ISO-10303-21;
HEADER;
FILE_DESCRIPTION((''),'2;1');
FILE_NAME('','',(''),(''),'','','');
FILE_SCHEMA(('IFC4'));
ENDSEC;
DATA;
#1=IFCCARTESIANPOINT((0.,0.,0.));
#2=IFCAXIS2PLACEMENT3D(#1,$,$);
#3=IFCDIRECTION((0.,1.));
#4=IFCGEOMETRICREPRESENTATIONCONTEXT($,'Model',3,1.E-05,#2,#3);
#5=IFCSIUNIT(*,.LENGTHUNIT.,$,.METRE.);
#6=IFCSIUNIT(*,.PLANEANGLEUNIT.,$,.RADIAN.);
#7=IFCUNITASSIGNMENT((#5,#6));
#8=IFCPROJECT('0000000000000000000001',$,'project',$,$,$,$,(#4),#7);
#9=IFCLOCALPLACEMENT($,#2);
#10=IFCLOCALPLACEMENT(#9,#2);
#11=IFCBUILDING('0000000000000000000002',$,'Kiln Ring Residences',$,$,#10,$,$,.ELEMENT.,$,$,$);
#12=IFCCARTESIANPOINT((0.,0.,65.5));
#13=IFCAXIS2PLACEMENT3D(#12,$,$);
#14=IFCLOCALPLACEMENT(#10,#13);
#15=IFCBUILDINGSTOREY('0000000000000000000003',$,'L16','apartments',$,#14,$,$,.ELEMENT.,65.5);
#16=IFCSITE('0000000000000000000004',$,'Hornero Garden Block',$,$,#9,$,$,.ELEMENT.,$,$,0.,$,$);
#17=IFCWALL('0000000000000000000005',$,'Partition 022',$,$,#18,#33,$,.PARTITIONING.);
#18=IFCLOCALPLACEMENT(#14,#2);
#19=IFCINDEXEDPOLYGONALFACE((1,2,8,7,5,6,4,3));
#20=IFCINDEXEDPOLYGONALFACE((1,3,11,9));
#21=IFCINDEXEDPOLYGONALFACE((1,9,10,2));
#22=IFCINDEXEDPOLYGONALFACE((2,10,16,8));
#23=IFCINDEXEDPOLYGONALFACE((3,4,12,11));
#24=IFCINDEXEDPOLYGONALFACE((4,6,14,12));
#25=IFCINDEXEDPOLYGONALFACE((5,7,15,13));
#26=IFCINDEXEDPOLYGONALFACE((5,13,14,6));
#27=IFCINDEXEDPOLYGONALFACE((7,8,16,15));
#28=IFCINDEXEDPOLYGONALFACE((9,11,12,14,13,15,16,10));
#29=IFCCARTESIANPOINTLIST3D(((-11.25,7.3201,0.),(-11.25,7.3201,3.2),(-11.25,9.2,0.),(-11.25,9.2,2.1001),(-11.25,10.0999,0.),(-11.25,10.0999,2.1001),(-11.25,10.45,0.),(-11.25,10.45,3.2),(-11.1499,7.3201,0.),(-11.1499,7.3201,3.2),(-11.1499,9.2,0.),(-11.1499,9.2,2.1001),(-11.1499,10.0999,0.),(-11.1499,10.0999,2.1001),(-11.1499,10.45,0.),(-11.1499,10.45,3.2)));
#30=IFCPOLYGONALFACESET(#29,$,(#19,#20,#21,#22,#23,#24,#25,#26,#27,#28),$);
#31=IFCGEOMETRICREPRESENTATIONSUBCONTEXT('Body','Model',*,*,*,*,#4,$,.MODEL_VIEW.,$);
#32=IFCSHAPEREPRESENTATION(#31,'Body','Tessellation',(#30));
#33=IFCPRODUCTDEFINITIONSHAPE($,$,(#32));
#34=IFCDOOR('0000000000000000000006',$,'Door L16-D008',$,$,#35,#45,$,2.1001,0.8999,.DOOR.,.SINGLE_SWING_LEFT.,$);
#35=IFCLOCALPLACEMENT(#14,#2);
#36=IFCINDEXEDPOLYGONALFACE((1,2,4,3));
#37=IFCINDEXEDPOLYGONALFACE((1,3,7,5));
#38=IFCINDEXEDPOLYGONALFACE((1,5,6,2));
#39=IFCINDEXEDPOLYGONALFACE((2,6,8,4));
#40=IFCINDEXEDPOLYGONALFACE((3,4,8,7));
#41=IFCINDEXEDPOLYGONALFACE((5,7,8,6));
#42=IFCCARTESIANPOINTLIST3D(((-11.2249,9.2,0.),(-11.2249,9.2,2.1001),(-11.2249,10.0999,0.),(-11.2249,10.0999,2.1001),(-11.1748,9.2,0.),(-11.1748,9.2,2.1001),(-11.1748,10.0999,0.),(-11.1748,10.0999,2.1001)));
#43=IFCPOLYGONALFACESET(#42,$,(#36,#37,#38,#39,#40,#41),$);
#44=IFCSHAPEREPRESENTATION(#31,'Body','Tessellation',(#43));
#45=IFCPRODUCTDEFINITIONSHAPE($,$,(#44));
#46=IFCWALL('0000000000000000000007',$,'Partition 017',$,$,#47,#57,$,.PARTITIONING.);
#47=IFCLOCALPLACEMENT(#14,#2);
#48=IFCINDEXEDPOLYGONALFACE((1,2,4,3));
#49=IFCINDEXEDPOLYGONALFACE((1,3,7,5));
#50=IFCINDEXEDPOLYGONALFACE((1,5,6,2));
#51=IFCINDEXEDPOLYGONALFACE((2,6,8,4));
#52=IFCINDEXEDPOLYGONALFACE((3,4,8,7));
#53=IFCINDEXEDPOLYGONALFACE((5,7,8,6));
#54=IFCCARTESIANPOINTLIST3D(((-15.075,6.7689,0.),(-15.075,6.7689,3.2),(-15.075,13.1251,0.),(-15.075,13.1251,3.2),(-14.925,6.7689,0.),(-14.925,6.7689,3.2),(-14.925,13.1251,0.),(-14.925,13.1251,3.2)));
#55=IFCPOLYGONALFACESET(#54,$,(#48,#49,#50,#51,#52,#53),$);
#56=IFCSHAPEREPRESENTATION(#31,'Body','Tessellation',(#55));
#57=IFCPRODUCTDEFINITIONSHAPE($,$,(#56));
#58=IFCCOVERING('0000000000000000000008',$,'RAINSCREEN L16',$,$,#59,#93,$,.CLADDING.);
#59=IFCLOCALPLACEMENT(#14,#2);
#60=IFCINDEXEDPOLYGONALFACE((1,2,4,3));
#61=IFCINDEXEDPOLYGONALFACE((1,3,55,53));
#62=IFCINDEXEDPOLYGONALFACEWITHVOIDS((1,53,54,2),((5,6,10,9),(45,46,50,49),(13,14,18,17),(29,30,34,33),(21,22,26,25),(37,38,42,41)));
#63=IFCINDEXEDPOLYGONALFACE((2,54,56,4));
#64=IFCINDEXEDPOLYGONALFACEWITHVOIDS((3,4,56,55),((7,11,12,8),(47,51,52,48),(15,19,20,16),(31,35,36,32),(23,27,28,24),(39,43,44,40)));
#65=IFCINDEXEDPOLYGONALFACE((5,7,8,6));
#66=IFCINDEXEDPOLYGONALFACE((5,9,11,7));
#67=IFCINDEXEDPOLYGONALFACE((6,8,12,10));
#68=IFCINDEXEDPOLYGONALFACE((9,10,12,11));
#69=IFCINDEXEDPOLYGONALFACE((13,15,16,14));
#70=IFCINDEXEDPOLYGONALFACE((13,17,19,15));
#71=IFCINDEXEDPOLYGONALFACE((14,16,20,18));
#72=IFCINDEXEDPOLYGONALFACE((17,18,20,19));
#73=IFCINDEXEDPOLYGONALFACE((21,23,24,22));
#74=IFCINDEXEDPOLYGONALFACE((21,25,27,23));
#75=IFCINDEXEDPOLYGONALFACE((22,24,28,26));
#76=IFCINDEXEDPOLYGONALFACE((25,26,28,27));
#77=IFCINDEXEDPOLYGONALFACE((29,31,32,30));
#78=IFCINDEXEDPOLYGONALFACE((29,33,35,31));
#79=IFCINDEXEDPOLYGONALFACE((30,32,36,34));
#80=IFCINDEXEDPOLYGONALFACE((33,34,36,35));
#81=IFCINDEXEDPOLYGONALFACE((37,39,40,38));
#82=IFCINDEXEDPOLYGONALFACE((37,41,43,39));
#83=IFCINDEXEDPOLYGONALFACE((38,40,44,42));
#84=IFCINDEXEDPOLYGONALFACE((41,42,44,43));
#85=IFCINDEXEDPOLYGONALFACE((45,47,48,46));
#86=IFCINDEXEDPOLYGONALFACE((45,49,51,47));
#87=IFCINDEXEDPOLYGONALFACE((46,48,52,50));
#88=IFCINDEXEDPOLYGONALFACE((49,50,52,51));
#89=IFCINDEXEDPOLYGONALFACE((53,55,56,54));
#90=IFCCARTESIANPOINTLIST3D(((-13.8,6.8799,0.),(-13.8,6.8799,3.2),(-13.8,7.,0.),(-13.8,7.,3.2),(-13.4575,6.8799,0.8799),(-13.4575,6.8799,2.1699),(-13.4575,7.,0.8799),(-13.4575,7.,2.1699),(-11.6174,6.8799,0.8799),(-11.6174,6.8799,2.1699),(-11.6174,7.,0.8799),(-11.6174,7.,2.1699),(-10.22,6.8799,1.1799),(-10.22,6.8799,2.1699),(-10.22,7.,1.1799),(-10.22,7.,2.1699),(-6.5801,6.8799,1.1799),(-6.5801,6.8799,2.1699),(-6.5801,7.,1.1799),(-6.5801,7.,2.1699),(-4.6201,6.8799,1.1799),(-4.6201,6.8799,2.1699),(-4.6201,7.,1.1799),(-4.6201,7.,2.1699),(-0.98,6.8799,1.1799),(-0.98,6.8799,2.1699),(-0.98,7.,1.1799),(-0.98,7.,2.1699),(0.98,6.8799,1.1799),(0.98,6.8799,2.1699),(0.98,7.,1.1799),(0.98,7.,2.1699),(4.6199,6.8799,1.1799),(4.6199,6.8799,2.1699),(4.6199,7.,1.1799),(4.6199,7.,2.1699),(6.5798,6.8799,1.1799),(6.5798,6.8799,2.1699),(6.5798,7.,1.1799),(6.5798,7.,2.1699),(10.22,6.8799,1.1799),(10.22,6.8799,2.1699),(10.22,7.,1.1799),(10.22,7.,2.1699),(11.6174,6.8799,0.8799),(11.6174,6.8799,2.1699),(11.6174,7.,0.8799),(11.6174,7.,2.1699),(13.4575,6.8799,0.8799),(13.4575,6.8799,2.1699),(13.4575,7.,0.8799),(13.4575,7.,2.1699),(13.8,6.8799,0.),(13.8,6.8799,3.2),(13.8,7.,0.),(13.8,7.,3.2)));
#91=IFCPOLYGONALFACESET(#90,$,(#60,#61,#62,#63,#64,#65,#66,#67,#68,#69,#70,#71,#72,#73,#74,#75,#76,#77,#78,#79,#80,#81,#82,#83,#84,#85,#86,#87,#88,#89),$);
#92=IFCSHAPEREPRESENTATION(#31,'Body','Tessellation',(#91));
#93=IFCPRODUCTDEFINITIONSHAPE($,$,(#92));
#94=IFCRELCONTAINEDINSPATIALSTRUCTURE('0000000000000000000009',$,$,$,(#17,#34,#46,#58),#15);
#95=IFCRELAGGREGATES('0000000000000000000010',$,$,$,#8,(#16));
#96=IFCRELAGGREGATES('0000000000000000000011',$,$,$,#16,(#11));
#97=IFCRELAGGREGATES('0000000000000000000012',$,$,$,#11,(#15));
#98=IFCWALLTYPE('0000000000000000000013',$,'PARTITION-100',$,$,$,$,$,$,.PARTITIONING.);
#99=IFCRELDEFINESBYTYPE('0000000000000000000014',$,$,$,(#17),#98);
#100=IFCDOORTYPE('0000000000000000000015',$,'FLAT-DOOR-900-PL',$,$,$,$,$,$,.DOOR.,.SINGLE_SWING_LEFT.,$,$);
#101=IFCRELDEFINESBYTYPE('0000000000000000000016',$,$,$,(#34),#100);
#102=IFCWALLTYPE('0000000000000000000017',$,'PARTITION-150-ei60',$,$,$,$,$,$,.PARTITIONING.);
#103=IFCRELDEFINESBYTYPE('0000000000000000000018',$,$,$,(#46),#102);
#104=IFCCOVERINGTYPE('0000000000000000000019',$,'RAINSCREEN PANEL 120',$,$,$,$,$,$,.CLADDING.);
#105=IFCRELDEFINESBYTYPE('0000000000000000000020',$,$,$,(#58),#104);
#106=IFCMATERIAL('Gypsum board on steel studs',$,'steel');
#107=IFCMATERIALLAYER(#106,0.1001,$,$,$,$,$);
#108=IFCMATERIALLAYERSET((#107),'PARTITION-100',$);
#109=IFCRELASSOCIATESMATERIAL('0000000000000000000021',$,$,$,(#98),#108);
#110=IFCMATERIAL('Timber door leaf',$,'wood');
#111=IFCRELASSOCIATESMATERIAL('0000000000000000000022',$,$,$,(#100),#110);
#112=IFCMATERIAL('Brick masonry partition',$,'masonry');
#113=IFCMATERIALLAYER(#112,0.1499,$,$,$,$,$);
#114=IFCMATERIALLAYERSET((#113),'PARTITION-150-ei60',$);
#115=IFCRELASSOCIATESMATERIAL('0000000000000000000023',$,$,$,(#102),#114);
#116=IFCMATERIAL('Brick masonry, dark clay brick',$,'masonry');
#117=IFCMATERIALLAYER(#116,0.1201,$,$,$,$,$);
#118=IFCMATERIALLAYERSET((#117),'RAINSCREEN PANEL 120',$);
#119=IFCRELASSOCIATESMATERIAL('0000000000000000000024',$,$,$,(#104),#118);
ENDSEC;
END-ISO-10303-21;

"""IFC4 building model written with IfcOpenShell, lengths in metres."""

from ifc_helpers import new_model, si_unit, direction, frame, frame_2d, origin, place, context, subcontext, project, spatial, polyline, rectangle, outline, extrude, material, layer, layer_set, type_object, element, fill, save


model = new_model("IFC4")

# Units and contexts
model_context = context("Model", 3, precision=1e-05, world=origin(), true_north=direction((0.0, 1.0)))
body_context = subcontext(model_context, "Body", "Model", "MODEL_VIEW")
ifc_project = project(units=[si_unit("LENGTHUNIT", "METRE"), si_unit("PLANEANGLEUNIT", "RADIAN")], contexts=[model_context])

# Site, building, storey
site_placement = place(None, origin())
site = spatial("IfcSite", under=ifc_project, at=site_placement, Name="Hornero Garden Block", CompositionType="ELEMENT", RefElevation=0.0)
building_placement = place(site_placement, origin())
building = spatial("IfcBuilding", under=site, at=building_placement, Name="Kiln Ring Residences", CompositionType="ELEMENT")
storey_placement = place(building_placement, frame((0.0, 0.0, 65.5)))
storey = spatial("IfcBuildingStorey", under=building, at=storey_placement, Name="L16", Description="apartments", CompositionType="ELEMENT", Elevation=65.5)

# Wall, opening, door
ifc_material_1 = material(Name="Gypsum board on steel studs", Category="steel")
ifc_layer_1 = layer(ifc_material_1, 0.1001)
ifc_layer_set_1 = layer_set([ifc_layer_1], Name="PARTITION-100")
wall_type_1 = type_object("IfcWallType", Name="PARTITION-100", PredefinedType="PARTITIONING", material=ifc_layer_set_1)
wall_1_placement = place(storey_placement, frame((-11.2, 7.3201, 0.0), z_axis=(0.0, 0.0, 1.0), x_axis=(0.0, 1.0, 0.0)))
wall_1 = element("IfcWall", 1, at=wall_1_placement, inside=storey, type_object=wall_type_1, Name="Partition 022", PredefinedType="PARTITIONING", context=body_context, shape_type="SweptSolid", body=[
    extrude(rectangle(XDim=3.1299, YDim=0.1001, at=frame_2d((1.5649, 0.0))), origin(), (0.0, 0.0, 1.0), 3.2),
])
opening_1_placement = place(wall_1_placement, frame((1.8799, 0.0, 0.0)))
opening_1 = element("IfcOpeningElement", 2, at=opening_1_placement, cuts=wall_1, PredefinedType="OPENING", context=body_context, shape_type="SweptSolid", body=[
    extrude(rectangle(XDim=0.8999, YDim=2.1001, at=frame_2d((0.45, 1.05))), frame((0.0, 0.0601, 0.0), z_axis=(0.0, -1.0, 0.0), x_axis=(1.0, 0.0, 0.0)), (0.0, 0.0, 1.0), 0.1201),
])
ifc_material_2 = material(Name="Timber door leaf", Category="wood")
door_type = type_object("IfcDoorType", Name="FLAT-DOOR-900-PL", OperationType="SINGLE_SWING_LEFT", PredefinedType="DOOR", material=ifc_material_2)
door_placement = place(opening_1_placement, origin())
door = element("IfcDoor", 3, at=door_placement, inside=storey, type_object=door_type, Name="Door L16-D008", OperationType="SINGLE_SWING_LEFT", OverallHeight=2.1001, OverallWidth=0.8999, PredefinedType="DOOR", context=body_context, shape_type="SweptSolid", body=[
    extrude(rectangle(XDim=0.8999, YDim=2.1001, at=frame_2d((0.45, 1.05))), frame((0.0, 0.0249, 0.0), z_axis=(0.0, -1.0, 0.0), x_axis=(1.0, 0.0, 0.0)), (0.0, 0.0, 1.0), 0.05),
])
fill(opening_1, door)

# Wall
ifc_material_3 = material(Name="Brick masonry partition", Category="masonry")
ifc_layer_2 = layer(ifc_material_3, 0.1499)
ifc_layer_set_2 = layer_set([ifc_layer_2], Name="PARTITION-150-ei60")
wall_type_2 = type_object("IfcWallType", Name="PARTITION-150-ei60", PredefinedType="PARTITIONING", material=ifc_layer_set_2)
wall_2_placement = place(storey_placement, frame((-15.0, 6.7688, 0.0), z_axis=(0.0, 0.0, 1.0), x_axis=(0.0, 1.0, 0.0)))
element("IfcWall", 4, at=wall_2_placement, inside=storey, type_object=wall_type_2, Name="Partition 017", PredefinedType="PARTITIONING", context=body_context, shape_type="SweptSolid", body=[
    extrude(rectangle(XDim=6.3562, YDim=0.1499, at=frame_2d((3.1782, 0.0))), origin(), (0.0, 0.0, 1.0), 3.2),
])

# Covering
ifc_material_4 = material(Name="Brick masonry, dark clay brick", Category="masonry")
ifc_layer_3 = layer(ifc_material_4, 0.1201)
ifc_layer_set_3 = layer_set([ifc_layer_3], Name="RAINSCREEN PANEL 120")
covering_type = type_object("IfcCoveringType", Name="RAINSCREEN PANEL 120", PredefinedType="CLADDING", material=ifc_layer_set_3)
covering_placement = place(storey_placement, frame((-13.8, 6.9399, 0.0), z_axis=(0.0, 0.0, 1.0), x_axis=(1.0, 0.0, 0.0)))
element("IfcCovering", 5, at=covering_placement, inside=storey, type_object=covering_type, Name="RAINSCREEN L16", PredefinedType="CLADDING", context=body_context, shape_type="SweptSolid", body=[
    extrude(outline(polyline([(0.0, 0.0), (27.6001, 0.0), (27.6001, 3.2), (0.0, 3.2), (0.0, 0.0)]), holes=[polyline([(2.1826, 0.8799), (2.1826, 2.1699), (0.3425, 2.1699), (0.3425, 0.8799), (2.1826, 0.8799)]), polyline([(25.4175, 0.8799), (27.2576, 0.8799), (27.2576, 2.1699), (25.4175, 2.1699), (25.4175, 0.8799)]), polyline([(3.5801, 1.1799), (7.22, 1.1799), (7.22, 2.1699), (3.5801, 2.1699), (3.5801, 1.1799)]), polyline([(12.8201, 1.1799), (12.8201, 2.1699), (9.1799, 2.1699), (9.1799, 1.1799), (12.8201, 1.1799)]), polyline([(14.78, 1.1799), (18.4199, 1.1799), (18.4199, 2.1699), (14.78, 2.1699), (14.78, 1.1799)]), polyline([(20.3799, 1.1799), (24.02, 1.1799), (24.02, 2.1699), (20.3799, 2.1699), (20.3799, 1.1799)])]), frame((0.0, 0.0601, 0.0), z_axis=(0.0, -1.0, 0.0), x_axis=(1.0, 0.0, 0.0)), (0.0, 0.0, 1.0), 0.1201),
])

save(model, "model.ifc")
